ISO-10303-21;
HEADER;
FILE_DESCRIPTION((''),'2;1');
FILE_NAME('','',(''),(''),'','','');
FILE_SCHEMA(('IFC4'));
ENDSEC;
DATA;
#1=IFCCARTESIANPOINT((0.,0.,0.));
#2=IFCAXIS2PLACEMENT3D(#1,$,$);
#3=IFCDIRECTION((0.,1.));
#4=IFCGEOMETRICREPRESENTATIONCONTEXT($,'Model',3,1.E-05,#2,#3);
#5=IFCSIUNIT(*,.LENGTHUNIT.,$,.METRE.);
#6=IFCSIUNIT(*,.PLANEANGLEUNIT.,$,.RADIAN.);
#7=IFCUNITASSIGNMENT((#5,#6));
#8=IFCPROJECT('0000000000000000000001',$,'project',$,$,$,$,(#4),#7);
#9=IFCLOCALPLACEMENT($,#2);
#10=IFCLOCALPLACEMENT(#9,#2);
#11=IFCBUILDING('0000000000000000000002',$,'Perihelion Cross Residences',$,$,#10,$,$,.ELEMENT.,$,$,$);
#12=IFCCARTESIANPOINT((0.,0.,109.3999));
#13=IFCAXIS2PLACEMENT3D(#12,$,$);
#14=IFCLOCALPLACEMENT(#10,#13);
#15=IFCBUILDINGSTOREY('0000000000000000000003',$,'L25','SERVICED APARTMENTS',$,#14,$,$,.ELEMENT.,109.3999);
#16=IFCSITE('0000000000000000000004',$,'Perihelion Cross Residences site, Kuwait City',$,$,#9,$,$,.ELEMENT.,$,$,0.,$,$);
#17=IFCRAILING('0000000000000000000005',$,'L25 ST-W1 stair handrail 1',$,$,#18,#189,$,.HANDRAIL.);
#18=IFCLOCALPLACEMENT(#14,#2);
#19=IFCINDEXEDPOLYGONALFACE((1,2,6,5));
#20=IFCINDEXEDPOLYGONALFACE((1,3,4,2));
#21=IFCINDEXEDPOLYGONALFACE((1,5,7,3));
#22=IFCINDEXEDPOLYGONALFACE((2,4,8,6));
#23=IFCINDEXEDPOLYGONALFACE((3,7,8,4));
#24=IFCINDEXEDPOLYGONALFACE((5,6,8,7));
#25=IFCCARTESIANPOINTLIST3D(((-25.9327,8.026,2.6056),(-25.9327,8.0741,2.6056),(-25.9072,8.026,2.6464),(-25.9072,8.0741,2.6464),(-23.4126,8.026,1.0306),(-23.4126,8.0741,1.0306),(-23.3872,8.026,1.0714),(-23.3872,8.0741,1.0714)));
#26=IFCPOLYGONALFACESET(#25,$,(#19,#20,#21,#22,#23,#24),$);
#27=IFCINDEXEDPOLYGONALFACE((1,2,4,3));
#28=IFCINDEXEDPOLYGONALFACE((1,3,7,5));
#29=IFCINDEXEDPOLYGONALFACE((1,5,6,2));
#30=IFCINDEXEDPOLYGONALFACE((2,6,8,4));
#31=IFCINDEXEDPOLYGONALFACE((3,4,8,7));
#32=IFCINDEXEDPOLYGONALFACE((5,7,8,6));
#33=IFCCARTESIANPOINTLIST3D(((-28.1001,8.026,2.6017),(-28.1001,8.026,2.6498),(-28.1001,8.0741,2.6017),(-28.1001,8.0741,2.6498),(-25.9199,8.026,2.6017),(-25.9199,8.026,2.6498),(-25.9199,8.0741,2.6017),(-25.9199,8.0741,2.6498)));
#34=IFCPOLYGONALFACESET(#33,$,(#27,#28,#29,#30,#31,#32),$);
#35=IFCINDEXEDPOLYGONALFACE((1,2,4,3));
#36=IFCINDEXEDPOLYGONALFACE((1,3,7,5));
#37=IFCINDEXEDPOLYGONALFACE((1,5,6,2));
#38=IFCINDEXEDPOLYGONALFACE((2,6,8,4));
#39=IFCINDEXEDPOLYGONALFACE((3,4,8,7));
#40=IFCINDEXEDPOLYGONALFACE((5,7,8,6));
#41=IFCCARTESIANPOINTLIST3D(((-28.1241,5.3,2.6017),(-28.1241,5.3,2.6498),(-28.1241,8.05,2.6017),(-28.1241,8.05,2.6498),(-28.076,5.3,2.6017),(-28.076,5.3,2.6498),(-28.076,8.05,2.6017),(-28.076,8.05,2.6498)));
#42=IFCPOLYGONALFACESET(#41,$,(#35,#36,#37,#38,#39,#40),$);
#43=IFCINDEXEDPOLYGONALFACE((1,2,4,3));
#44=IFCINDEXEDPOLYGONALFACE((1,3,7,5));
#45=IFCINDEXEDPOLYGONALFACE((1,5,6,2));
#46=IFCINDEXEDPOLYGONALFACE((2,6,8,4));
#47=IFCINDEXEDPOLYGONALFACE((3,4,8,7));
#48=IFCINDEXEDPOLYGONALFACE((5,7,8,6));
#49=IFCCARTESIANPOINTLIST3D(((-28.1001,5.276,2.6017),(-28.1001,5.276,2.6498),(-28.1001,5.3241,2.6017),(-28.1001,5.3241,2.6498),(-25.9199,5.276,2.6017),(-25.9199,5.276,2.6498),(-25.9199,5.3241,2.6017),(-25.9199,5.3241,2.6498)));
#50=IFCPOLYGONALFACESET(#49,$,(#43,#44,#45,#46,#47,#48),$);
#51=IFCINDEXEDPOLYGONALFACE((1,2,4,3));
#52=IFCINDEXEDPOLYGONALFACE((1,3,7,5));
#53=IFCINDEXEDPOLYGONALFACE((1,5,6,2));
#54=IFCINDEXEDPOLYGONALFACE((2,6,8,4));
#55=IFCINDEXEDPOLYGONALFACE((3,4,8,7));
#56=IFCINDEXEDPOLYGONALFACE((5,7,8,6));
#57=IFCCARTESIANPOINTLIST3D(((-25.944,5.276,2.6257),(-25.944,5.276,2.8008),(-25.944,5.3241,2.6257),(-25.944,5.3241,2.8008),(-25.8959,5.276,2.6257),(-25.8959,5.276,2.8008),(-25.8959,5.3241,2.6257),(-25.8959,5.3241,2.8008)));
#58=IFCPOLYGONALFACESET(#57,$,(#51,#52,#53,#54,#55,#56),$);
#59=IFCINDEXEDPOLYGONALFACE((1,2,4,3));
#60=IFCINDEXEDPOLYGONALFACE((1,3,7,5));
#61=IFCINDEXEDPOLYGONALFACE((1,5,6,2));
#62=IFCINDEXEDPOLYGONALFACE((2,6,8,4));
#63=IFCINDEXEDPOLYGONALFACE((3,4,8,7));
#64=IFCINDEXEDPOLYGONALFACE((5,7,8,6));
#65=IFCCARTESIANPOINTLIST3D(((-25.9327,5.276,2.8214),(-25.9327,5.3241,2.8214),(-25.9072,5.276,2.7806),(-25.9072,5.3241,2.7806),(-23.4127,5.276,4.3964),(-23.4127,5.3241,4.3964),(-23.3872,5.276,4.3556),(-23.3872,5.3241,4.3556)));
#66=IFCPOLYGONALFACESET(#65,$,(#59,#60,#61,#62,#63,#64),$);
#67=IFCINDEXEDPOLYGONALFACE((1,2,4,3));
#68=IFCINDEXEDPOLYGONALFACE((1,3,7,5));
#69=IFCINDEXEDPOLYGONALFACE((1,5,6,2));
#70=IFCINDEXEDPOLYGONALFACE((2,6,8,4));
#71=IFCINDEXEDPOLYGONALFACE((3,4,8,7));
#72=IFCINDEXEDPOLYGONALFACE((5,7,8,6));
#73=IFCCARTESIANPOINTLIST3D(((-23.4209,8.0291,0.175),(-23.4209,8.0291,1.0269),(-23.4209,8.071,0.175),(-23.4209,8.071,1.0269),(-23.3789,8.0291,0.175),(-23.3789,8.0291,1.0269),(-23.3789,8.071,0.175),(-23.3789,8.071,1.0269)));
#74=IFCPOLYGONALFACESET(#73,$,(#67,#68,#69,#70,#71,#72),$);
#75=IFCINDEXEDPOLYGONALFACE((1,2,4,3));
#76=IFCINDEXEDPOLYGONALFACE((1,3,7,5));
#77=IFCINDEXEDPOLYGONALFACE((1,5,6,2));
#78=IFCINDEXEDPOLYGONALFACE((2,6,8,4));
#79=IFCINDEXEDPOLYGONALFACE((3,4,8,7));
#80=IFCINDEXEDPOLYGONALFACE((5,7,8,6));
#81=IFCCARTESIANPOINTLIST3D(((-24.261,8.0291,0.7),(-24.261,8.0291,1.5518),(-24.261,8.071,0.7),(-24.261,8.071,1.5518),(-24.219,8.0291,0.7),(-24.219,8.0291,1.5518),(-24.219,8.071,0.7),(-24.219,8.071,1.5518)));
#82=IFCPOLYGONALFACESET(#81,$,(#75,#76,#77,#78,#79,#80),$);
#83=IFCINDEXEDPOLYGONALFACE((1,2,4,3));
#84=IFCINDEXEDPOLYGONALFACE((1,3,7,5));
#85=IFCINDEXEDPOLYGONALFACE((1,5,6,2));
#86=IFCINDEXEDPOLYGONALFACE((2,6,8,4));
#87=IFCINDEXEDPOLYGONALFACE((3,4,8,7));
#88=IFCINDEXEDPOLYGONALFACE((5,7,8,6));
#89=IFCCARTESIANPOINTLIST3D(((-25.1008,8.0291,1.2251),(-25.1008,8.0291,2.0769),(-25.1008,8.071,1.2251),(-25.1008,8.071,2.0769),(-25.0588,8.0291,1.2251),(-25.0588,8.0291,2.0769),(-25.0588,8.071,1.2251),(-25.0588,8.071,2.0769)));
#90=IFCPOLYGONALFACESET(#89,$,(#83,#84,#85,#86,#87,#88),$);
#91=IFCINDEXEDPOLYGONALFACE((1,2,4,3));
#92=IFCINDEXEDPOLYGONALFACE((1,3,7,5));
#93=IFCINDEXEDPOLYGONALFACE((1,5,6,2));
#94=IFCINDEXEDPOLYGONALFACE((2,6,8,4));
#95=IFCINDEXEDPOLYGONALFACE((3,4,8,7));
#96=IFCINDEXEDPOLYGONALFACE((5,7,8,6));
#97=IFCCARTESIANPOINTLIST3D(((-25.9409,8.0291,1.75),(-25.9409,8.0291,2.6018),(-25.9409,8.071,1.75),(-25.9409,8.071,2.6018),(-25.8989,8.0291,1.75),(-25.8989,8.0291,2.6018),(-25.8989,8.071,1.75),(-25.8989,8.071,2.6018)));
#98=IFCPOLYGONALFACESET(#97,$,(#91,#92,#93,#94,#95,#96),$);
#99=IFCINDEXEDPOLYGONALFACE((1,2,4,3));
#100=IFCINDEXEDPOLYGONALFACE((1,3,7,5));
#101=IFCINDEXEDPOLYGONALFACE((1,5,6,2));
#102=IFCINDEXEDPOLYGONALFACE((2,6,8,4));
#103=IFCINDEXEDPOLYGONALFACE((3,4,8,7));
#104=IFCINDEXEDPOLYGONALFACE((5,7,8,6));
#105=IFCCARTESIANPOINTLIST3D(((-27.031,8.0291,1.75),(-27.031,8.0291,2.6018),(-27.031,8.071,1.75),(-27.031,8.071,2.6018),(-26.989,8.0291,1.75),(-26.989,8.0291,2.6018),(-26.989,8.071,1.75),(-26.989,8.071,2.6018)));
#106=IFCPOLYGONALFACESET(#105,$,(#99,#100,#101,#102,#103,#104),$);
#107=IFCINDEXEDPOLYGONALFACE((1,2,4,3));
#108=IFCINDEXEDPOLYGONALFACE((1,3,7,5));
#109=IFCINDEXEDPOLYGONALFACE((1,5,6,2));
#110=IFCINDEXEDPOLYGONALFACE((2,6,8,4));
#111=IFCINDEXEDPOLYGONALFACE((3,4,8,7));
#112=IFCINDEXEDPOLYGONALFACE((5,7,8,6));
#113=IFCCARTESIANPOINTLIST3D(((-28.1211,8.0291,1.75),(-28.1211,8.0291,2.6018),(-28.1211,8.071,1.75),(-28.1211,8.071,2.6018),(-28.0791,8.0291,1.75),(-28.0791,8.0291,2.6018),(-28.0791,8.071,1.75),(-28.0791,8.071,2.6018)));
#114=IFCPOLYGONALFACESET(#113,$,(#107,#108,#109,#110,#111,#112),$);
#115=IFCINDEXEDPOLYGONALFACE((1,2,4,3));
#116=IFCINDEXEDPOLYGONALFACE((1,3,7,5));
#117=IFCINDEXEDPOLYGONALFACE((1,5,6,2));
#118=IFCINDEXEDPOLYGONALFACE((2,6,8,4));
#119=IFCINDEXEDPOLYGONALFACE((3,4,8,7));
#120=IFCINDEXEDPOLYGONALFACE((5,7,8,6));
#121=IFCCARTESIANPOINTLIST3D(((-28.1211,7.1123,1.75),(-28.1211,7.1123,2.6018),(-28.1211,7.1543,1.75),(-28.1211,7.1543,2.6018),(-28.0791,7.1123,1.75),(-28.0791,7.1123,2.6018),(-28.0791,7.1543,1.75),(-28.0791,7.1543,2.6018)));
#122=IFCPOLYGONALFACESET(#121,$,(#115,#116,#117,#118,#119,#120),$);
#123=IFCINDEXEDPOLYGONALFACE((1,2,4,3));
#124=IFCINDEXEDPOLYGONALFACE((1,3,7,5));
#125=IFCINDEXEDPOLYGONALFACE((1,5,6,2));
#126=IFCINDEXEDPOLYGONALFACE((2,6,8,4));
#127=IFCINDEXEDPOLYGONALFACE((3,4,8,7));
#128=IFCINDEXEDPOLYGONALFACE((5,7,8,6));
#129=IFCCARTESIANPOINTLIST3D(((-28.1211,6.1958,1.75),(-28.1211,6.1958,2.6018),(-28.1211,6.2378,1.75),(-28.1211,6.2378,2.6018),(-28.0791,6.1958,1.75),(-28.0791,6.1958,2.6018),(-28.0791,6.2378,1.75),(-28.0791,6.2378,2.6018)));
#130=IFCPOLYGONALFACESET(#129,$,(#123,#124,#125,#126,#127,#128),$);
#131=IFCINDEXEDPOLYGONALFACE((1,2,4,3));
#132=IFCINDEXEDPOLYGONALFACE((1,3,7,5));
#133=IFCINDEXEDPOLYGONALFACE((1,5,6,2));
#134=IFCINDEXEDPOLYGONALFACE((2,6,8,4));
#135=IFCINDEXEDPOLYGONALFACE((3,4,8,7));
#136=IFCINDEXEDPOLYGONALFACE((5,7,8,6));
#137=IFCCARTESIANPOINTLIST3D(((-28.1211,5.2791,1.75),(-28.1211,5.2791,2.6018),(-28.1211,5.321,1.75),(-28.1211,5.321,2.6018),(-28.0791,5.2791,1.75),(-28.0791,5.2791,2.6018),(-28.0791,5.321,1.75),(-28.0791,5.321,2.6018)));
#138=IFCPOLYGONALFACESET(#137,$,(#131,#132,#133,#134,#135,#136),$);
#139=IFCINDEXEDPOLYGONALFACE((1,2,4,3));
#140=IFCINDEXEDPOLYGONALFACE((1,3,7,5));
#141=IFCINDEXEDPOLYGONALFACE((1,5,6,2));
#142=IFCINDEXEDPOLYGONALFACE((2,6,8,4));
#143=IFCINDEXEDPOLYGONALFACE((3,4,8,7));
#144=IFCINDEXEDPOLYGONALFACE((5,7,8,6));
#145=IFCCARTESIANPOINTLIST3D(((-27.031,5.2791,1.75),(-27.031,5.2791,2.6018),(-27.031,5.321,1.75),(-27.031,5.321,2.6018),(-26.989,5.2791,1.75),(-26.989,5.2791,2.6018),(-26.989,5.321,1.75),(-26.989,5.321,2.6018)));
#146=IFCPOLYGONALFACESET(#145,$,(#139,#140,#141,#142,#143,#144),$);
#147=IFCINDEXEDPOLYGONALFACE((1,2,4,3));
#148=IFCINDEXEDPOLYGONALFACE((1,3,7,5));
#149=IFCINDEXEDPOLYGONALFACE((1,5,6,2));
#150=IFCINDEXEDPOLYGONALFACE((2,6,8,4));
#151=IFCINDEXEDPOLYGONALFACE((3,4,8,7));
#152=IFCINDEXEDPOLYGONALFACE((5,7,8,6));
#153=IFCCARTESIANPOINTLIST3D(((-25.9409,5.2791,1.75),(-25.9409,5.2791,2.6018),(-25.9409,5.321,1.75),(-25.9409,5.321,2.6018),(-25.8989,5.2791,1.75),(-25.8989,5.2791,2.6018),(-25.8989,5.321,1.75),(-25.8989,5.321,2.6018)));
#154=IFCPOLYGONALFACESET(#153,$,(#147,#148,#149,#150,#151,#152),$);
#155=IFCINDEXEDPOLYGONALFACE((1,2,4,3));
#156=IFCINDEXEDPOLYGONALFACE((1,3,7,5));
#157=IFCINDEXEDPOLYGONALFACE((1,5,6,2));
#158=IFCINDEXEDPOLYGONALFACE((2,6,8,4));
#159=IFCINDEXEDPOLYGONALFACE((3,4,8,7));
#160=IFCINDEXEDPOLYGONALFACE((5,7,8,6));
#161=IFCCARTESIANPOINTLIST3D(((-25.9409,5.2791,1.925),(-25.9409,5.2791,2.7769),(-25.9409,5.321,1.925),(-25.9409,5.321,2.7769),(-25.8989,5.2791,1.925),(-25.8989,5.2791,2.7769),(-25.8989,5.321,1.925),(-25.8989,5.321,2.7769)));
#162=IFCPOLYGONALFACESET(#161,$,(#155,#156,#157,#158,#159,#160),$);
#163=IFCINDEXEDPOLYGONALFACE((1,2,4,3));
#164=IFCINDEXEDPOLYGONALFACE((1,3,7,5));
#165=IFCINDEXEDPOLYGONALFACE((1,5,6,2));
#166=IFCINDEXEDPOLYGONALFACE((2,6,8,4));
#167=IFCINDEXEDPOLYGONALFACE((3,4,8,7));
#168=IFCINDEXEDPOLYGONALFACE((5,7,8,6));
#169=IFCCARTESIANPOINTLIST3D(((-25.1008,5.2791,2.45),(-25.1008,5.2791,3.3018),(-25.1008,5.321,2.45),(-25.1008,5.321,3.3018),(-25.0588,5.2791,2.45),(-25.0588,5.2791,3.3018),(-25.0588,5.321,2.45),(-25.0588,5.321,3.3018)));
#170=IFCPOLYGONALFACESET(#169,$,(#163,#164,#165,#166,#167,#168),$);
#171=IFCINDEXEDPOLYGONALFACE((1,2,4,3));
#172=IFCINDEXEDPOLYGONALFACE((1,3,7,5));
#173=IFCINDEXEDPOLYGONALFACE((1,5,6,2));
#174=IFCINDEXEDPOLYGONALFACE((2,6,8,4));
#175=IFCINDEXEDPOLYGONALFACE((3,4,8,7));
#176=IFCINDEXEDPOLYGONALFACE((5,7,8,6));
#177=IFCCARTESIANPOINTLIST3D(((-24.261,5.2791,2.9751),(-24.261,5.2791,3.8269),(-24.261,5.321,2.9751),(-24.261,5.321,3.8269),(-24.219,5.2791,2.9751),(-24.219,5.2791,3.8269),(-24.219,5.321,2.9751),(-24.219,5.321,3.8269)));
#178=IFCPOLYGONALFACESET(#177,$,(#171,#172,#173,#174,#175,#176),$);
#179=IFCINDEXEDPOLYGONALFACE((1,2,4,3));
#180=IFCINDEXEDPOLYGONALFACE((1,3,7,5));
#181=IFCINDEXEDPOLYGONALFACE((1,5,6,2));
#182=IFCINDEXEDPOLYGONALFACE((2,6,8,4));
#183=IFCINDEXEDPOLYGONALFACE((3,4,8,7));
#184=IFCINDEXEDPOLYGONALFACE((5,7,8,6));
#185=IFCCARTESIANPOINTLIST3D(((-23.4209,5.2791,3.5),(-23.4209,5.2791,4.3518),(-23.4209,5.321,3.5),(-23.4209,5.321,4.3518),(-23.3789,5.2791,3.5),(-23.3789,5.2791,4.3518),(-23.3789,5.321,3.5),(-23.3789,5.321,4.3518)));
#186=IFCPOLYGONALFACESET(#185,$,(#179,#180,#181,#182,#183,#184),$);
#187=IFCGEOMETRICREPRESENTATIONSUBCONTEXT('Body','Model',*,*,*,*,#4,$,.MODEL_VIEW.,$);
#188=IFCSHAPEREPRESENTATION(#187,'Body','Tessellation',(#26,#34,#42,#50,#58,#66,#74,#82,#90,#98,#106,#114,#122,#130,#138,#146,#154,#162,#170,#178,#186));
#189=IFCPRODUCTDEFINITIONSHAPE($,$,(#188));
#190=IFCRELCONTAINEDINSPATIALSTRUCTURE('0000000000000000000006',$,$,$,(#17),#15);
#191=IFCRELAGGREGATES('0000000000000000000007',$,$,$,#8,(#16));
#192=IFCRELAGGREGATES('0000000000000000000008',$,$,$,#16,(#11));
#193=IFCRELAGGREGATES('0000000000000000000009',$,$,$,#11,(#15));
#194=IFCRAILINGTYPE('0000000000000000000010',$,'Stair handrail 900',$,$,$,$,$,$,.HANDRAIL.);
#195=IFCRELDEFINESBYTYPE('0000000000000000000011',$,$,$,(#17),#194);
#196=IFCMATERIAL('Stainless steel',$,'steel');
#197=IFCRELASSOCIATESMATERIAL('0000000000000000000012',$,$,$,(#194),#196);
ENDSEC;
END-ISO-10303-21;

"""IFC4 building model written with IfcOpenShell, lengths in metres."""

from ifc_helpers import new_model, si_unit, direction, frame, origin, origin_2d, place, context, subcontext, project, spatial, rectangle, extrude, material, type_object, element, save


model = new_model("IFC4")

# Units and contexts
model_context = context("Model", 3, precision=1e-05, world=origin(), true_north=direction((0.0, 1.0)))
body_context = subcontext(model_context, "Body", "Model", "MODEL_VIEW")
ifc_project = project(units=[si_unit("LENGTHUNIT", "METRE"), si_unit("PLANEANGLEUNIT", "RADIAN")], contexts=[model_context])

# Site, building, storey
site_placement = place(None, origin())
site = spatial("IfcSite", under=ifc_project, at=site_placement, Name="Perihelion Cross Residences site, Kuwait City", CompositionType="ELEMENT", RefElevation=0.0)
building_placement = place(site_placement, origin())
building = spatial("IfcBuilding", under=site, at=building_placement, Name="Perihelion Cross Residences", CompositionType="ELEMENT")
storey_placement = place(building_placement, frame((0.0, 0.0, 109.3999)))
storey = spatial("IfcBuildingStorey", under=building, at=storey_placement, Name="L25", Description="SERVICED APARTMENTS", CompositionType="ELEMENT", Elevation=109.3999)

# Railing
ifc_material_1 = material(Name="Stainless steel", Category="steel")
railing_type_1 = type_object("IfcRailingType", Name="Stair handrail 900", PredefinedType="HANDRAIL", material=ifc_material_1)
railing_1_placement = place(storey_placement, frame((-23.3999, 8.05, 0.175)))
element("IfcRailing", 1, at=railing_1_placement, inside=storey, type_object=railing_type_1, Name="L25 ST-W1 stair handrail 1", PredefinedType="HANDRAIL", context=body_context, shape_type="SweptSolid", body=[
    extrude(rectangle(XDim=0.0481, YDim=0.0481, at=origin_2d()), frame((0.0, 0.0, 0.876), z_axis=(-0.848008, 0.0, 0.529984), x_axis=(0.0, -1.0, 0.0)), (0.0, 0.0, 1.0), 2.9717),
    extrude(rectangle(XDim=0.0481, YDim=0.0481, at=origin_2d()), frame((-2.52, 0.0, 2.4507), z_axis=(-1.0, 0.0, 0.0), x_axis=(0.0, -1.0, 0.0)), (0.0, 0.0, 1.0), 2.1802),
    extrude(rectangle(XDim=0.0481, YDim=0.0481, at=origin_2d()), frame((-4.7002, 0.0, 2.4507), z_axis=(0.0, -1.0, 0.0), x_axis=(1.0, 0.0, 0.0)), (0.0, 0.0, 1.0), 2.75),
    extrude(rectangle(XDim=0.0481, YDim=0.0481, at=origin_2d()), frame((-4.7002, -2.75, 2.4507), z_axis=(1.0, 0.0, 0.0), x_axis=(0.0, 1.0, 0.0)), (0.0, 0.0, 1.0), 2.1802),
    extrude(rectangle(XDim=0.0481, YDim=0.0481, at=origin_2d()), frame((-2.52, -2.75, 2.4507), z_axis=(0.0, 0.0, 1.0), x_axis=(1.0, 0.0, 0.0)), (0.0, 0.0, 1.0), 0.175),
    extrude(rectangle(XDim=0.0481, YDim=0.0481, at=origin_2d()), frame((-2.52, -2.75, 2.626), z_axis=(0.848008, 0.0, 0.529984), x_axis=(0.0, 1.0, 0.0)), (0.0, 0.0, 1.0), 2.9717),
    extrude(rectangle(XDim=0.042, YDim=0.042, at=origin_2d()), origin(), (0.0, 0.0, 1.0), 0.8518),
    extrude(rectangle(XDim=0.042, YDim=0.042, at=origin_2d()), frame((-0.8401, 0.0, 0.5249)), (0.0, 0.0, 1.0), 0.8518),
    extrude(rectangle(XDim=0.042, YDim=0.042, at=origin_2d()), frame((-1.6799, 0.0, 1.05)), (0.0, 0.0, 1.0), 0.8518),
    extrude(rectangle(XDim=0.042, YDim=0.042, at=origin_2d()), frame((-2.52, 0.0, 1.575)), (0.0, 0.0, 1.0), 0.8518),
    extrude(rectangle(XDim=0.042, YDim=0.042, at=origin_2d()), frame((-3.6101, 0.0, 1.575)), (0.0, 0.0, 1.0), 0.8518),
    extrude(rectangle(XDim=0.042, YDim=0.042, at=origin_2d()), frame((-4.7002, 0.0, 1.575)), (0.0, 0.0, 1.0), 0.8518),
    extrude(rectangle(XDim=0.042, YDim=0.042, at=origin_2d()), frame((-4.7002, -0.9167, 1.575)), (0.0, 0.0, 1.0), 0.8518),
    extrude(rectangle(XDim=0.042, YDim=0.042, at=origin_2d()), frame((-4.7002, -1.8333, 1.575)), (0.0, 0.0, 1.0), 0.8518),
    extrude(rectangle(XDim=0.042, YDim=0.042, at=origin_2d()), frame((-4.7002, -2.75, 1.575)), (0.0, 0.0, 1.0), 0.8518),
    extrude(rectangle(XDim=0.042, YDim=0.042, at=origin_2d()), frame((-3.6101, -2.75, 1.575)), (0.0, 0.0, 1.0), 0.8518),
    extrude(rectangle(XDim=0.042, YDim=0.042, at=origin_2d()), frame((-2.52, -2.75, 1.575)), (0.0, 0.0, 1.0), 0.8518),
    extrude(rectangle(XDim=0.042, YDim=0.042, at=origin_2d()), frame((-2.52, -2.75, 1.75)), (0.0, 0.0, 1.0), 0.8518),
    extrude(rectangle(XDim=0.042, YDim=0.042, at=origin_2d()), frame((-1.6799, -2.75, 2.2749)), (0.0, 0.0, 1.0), 0.8518),
    extrude(rectangle(XDim=0.042, YDim=0.042, at=origin_2d()), frame((-0.8401, -2.75, 2.8)), (0.0, 0.0, 1.0), 0.8518),
    extrude(rectangle(XDim=0.042, YDim=0.042, at=origin_2d()), frame((0.0, -2.75, 3.325)), (0.0, 0.0, 1.0), 0.8518),
])

save(model, "model.ifc")
